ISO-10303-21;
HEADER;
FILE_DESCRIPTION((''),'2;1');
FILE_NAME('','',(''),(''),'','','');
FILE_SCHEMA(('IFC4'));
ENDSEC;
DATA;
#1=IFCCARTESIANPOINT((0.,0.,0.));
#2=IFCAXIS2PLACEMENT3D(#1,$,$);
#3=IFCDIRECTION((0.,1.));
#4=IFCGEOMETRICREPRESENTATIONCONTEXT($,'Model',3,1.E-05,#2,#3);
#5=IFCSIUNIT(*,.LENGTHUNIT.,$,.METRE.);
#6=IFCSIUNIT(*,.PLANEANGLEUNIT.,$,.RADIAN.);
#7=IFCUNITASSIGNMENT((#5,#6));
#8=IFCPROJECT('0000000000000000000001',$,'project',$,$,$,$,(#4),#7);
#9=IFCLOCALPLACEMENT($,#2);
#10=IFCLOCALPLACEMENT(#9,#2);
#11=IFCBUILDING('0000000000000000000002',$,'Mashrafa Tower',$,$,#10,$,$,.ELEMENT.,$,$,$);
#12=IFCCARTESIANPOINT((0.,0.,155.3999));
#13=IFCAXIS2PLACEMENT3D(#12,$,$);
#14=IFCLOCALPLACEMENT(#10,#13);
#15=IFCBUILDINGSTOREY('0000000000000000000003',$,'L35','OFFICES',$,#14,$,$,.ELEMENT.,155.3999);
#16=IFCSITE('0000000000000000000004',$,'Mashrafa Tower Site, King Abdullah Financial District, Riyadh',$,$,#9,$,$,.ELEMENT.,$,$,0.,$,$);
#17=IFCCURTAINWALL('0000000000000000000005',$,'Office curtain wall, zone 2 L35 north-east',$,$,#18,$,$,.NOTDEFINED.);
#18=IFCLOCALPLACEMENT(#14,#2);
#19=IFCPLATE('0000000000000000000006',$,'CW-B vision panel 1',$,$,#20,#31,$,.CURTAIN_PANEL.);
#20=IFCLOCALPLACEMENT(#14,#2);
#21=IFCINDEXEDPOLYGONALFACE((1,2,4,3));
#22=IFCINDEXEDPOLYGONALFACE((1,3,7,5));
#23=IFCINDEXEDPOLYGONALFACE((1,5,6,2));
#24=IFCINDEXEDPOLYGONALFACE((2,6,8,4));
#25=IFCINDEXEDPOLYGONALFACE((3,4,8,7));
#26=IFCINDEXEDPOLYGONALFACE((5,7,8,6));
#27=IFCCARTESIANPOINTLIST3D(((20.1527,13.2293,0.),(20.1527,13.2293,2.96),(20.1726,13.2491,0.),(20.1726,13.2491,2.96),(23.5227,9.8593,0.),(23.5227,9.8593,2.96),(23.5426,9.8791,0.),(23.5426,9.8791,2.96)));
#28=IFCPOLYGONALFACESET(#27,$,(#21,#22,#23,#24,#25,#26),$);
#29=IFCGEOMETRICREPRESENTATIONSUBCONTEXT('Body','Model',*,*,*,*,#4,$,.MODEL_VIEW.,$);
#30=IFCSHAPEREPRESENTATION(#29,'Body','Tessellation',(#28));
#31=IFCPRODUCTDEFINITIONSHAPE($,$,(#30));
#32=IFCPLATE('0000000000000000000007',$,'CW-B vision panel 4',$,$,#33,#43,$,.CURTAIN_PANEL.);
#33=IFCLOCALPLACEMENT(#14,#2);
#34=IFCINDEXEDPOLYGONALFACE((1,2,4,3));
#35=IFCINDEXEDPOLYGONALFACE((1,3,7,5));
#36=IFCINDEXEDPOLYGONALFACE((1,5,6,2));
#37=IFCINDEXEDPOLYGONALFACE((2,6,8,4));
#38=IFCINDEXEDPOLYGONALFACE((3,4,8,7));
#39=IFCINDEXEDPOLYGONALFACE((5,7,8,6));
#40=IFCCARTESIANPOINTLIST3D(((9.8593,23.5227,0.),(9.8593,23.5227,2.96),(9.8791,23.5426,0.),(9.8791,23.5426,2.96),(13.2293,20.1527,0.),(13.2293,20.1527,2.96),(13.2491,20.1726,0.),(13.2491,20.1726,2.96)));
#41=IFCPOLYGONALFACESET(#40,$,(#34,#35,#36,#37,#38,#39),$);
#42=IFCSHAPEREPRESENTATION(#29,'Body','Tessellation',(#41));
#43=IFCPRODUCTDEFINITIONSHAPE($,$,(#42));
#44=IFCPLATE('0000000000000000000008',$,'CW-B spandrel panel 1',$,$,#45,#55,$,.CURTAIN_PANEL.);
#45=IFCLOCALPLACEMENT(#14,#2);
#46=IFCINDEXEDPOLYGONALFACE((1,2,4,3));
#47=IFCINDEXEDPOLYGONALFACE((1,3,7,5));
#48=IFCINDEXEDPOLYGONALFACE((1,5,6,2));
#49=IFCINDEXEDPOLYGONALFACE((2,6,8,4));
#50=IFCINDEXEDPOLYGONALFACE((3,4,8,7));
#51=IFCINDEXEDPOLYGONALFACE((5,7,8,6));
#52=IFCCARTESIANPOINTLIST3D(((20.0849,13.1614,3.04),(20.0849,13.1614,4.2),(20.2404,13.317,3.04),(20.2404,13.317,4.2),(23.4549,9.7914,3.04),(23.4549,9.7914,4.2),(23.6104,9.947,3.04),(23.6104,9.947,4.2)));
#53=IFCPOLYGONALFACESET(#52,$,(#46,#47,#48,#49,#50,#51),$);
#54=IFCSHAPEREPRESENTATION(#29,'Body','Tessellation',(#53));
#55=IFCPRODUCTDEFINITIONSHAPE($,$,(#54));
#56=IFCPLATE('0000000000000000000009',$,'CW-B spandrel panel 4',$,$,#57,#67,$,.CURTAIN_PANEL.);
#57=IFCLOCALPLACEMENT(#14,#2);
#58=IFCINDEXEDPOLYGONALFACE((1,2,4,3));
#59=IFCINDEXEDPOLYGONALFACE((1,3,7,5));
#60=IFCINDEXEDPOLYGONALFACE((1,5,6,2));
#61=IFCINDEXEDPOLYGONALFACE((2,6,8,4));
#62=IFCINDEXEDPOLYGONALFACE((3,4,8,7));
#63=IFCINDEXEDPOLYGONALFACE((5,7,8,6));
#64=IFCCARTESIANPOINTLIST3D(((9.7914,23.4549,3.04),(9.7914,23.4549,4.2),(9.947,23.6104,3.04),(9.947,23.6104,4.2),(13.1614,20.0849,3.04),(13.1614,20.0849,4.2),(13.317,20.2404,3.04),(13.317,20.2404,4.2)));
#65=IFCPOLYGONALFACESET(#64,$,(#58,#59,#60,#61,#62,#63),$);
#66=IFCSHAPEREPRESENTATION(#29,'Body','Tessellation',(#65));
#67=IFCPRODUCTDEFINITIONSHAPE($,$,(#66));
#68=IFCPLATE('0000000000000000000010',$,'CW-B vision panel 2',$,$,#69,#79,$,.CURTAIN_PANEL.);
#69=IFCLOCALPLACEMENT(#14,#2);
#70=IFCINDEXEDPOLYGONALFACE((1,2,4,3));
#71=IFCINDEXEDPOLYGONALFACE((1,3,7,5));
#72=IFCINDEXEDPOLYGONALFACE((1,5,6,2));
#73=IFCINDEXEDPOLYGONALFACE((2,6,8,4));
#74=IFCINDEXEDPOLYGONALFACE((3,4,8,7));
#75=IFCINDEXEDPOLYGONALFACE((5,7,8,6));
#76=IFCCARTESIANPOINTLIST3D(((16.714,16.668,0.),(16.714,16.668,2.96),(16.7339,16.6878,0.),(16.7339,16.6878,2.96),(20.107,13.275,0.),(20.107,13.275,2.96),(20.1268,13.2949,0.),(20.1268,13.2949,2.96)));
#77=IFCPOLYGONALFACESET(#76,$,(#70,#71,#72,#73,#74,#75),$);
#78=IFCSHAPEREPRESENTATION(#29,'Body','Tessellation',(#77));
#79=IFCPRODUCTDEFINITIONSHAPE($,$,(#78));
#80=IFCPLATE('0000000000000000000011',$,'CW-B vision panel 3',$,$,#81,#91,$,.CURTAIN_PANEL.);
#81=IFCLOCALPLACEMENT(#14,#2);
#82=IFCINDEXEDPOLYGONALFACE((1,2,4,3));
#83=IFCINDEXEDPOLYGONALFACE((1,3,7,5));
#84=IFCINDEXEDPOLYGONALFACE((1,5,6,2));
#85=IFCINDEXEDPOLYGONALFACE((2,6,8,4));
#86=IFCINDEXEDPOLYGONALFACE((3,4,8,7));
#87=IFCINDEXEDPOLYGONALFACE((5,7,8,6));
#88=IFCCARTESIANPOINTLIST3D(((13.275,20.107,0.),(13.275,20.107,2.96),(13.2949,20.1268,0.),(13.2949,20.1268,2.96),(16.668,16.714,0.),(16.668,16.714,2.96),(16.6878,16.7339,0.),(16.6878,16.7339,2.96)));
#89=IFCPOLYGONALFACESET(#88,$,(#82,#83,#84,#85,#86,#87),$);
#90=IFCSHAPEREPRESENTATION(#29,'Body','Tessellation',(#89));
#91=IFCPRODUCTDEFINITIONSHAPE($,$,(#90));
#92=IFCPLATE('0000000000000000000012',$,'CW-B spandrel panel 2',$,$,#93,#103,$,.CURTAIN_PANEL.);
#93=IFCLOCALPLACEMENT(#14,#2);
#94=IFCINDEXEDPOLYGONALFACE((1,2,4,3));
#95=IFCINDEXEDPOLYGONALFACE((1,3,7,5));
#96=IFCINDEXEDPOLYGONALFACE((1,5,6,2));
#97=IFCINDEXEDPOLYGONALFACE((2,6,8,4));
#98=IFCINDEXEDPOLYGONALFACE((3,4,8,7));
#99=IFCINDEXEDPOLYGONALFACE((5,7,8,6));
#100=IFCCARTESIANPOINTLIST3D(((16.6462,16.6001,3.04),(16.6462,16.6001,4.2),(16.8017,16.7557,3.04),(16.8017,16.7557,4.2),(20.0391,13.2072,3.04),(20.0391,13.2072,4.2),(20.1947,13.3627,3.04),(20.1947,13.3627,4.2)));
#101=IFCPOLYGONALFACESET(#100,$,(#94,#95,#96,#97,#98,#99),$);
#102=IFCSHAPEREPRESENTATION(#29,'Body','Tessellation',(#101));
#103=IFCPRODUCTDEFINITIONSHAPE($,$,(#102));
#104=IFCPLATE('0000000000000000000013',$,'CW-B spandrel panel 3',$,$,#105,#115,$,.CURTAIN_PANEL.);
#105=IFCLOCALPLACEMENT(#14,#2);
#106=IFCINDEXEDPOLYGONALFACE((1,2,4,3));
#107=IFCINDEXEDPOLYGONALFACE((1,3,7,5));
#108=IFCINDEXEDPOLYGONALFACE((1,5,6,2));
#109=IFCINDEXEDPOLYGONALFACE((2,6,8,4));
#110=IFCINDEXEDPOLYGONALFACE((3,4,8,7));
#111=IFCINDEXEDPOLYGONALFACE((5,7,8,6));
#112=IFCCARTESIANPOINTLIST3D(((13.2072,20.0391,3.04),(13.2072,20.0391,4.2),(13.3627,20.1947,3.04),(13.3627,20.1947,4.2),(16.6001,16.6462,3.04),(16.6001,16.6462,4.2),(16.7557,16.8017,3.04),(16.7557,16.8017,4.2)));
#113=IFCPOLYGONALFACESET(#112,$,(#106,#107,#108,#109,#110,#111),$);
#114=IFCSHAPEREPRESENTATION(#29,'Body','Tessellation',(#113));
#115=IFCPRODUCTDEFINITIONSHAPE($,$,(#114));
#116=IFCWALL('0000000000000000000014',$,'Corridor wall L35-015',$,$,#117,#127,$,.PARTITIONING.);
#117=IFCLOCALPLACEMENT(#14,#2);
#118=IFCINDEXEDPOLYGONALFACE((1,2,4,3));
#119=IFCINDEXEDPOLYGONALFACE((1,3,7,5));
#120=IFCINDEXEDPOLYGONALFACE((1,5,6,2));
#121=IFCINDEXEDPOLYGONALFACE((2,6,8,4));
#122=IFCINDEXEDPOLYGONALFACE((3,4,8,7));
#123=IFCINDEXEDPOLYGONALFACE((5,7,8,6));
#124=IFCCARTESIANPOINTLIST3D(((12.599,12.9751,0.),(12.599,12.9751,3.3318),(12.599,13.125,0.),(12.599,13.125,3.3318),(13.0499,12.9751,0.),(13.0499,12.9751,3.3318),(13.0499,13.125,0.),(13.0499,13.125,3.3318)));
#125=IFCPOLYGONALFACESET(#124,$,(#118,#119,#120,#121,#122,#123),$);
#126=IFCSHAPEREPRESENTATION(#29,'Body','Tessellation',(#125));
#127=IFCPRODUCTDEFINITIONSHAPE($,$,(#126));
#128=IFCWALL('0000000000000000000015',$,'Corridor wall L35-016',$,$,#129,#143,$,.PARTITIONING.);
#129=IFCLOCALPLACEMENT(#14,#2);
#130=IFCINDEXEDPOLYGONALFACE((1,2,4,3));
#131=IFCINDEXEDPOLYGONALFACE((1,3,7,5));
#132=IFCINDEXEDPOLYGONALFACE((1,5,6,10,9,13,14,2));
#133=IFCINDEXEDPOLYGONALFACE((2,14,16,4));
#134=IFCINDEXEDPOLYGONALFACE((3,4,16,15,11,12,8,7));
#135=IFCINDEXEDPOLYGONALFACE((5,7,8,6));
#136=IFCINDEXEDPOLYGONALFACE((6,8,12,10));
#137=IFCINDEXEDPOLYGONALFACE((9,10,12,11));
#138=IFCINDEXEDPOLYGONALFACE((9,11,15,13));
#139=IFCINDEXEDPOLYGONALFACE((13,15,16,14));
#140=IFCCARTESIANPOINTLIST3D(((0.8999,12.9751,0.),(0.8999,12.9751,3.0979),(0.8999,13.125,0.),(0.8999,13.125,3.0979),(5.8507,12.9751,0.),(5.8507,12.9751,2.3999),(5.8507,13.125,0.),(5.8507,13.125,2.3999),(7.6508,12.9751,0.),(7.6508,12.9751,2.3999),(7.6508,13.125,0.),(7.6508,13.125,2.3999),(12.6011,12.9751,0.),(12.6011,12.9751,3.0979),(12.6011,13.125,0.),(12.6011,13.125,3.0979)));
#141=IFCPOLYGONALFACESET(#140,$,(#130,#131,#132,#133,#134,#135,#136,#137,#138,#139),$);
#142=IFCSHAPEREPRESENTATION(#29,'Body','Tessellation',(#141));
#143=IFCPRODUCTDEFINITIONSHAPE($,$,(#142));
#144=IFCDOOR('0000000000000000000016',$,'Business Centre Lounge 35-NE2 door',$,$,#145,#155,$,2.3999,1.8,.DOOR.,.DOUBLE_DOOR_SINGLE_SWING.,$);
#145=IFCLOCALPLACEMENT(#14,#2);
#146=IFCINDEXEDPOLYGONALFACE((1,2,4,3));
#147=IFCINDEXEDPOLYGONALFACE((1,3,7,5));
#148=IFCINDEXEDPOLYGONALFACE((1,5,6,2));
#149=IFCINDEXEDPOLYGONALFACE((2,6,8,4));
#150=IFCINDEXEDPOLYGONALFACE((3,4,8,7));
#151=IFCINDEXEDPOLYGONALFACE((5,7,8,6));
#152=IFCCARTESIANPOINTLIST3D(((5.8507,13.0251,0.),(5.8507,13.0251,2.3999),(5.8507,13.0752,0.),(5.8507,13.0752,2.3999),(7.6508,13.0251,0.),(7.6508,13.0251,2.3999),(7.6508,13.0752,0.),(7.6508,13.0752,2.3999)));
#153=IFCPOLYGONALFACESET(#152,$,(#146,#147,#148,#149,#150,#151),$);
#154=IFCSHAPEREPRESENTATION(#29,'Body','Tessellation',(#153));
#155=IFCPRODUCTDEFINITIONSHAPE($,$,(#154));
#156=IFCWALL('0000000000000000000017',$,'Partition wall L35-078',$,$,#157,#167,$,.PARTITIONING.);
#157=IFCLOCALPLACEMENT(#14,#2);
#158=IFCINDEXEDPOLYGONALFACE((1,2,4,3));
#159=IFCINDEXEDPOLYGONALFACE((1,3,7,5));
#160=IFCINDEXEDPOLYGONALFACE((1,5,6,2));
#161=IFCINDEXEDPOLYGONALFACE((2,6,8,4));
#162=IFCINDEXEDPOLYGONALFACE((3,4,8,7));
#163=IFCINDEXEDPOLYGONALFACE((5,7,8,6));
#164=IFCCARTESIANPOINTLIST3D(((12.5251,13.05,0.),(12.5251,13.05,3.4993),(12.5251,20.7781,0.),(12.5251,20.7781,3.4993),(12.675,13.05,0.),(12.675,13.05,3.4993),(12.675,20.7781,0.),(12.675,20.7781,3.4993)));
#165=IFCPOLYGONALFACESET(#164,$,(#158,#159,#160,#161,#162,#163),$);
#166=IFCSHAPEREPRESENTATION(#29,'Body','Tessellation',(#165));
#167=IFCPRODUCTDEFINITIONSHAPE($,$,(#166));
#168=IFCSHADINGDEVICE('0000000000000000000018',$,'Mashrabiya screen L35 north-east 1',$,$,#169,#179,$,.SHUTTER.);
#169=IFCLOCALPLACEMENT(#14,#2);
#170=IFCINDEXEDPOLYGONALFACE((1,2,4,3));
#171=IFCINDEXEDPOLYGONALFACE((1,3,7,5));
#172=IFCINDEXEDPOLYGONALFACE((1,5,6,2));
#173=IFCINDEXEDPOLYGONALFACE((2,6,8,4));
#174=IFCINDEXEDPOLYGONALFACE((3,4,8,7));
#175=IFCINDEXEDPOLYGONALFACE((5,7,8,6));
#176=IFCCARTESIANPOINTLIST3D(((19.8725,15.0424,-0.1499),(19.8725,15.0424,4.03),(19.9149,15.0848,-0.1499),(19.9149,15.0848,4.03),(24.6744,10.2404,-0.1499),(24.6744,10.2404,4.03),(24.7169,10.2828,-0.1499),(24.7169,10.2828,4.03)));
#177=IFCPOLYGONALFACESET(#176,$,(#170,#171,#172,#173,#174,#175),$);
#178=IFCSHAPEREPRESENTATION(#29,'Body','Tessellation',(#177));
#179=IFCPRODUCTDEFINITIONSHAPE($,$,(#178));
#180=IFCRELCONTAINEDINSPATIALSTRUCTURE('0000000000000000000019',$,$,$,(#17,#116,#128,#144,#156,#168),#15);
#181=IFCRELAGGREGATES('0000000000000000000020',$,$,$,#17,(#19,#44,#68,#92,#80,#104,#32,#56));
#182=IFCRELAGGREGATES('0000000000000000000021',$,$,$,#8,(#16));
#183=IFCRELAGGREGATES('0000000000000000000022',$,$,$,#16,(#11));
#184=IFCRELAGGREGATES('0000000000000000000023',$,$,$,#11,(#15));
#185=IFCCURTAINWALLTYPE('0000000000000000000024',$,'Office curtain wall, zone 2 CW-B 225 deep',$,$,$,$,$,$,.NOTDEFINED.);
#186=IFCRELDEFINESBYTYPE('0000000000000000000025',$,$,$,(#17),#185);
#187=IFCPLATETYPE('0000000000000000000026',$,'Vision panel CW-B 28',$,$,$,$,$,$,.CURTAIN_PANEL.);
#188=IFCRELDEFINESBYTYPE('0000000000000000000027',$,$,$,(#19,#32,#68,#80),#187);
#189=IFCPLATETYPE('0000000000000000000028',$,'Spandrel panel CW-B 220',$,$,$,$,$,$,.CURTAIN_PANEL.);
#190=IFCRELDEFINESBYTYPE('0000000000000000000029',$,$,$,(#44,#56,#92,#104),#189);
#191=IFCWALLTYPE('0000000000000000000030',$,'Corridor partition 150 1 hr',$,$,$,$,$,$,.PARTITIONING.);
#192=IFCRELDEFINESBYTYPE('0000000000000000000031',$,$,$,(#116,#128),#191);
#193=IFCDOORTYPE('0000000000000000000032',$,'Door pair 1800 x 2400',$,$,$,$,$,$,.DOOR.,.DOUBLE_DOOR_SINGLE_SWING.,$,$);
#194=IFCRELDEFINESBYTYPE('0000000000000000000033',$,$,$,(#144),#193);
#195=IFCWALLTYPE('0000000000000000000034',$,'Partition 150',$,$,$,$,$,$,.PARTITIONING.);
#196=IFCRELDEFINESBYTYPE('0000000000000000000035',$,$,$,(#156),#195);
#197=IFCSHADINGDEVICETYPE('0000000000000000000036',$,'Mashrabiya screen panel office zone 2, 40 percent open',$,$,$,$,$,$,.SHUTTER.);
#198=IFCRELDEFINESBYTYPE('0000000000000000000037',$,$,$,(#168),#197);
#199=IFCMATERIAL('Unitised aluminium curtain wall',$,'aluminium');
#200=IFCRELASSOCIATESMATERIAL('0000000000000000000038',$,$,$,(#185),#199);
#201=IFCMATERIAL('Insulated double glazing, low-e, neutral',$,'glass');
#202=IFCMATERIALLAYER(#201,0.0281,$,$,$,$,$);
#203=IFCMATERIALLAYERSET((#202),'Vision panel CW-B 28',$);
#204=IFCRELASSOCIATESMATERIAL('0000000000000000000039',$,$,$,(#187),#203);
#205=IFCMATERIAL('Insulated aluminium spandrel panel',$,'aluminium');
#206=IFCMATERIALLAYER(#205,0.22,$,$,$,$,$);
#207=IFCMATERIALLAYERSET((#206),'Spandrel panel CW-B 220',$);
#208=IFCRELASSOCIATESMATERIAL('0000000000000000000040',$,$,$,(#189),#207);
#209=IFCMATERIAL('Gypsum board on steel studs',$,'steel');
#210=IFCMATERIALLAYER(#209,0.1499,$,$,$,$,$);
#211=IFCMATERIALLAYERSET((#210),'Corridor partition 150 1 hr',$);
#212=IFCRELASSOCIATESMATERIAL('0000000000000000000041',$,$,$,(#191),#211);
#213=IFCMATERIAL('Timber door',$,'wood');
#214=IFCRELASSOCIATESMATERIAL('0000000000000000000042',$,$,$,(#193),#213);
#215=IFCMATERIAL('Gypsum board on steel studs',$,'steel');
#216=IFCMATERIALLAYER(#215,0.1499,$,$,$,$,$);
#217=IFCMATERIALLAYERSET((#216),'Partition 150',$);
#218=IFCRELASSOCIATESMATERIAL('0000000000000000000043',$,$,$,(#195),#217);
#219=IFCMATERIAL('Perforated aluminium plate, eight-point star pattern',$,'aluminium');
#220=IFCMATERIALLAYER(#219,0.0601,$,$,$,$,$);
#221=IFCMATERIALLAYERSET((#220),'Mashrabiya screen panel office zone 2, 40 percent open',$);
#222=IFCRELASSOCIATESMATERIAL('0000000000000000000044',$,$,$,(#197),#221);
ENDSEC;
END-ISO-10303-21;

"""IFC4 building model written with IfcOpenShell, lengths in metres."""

from ifc_helpers import new_model, si_unit, direction, frame, frame_2d, origin, origin_2d, place, context, subcontext, project, spatial, rectangle, extrude, source, transform, mapped, material, layer, layer_set, type_object, type_shapes, element, fill, aggregate, save


model = new_model("IFC4")

# Units and contexts
model_context = context("Model", 3, precision=1e-05, world=origin(), true_north=direction((0.0, 1.0)))
body_context = subcontext(model_context, "Body", "Model", "MODEL_VIEW")
ifc_project = project(units=[si_unit("LENGTHUNIT", "METRE"), si_unit("PLANEANGLEUNIT", "RADIAN")], contexts=[model_context])

# Site, building, storey
site_placement = place(None, origin())
site = spatial("IfcSite", under=ifc_project, at=site_placement, Name="Mashrafa Tower Site, King Abdullah Financial District, Riyadh", CompositionType="ELEMENT", RefElevation=0.0)
building_placement = place(site_placement, origin())
building = spatial("IfcBuilding", under=site, at=building_placement, Name="Mashrafa Tower", CompositionType="ELEMENT")
storey_placement = place(building_placement, frame((0.0, 0.0, 155.3999)))
storey = spatial("IfcBuildingStorey", under=building, at=storey_placement, Name="L35", Description="OFFICES", CompositionType="ELEMENT", Elevation=155.3999)

# Curtain wall, plates
ifc_material_1 = material(Name="Unitised aluminium curtain wall", Category="aluminium")
curtain_wall_type = type_object("IfcCurtainWallType", Name="Office curtain wall, zone 2 CW-B 225 deep", PredefinedType="NOTDEFINED", material=ifc_material_1)
curtain_wall_placement = place(storey_placement, origin())
curtain_wall = element("IfcCurtainWall", 1, at=curtain_wall_placement, inside=storey, type_object=curtain_wall_type, Name="Office curtain wall, zone 2 L35 north-east", PredefinedType="NOTDEFINED")
ifc_material_2 = material(Name="Insulated double glazing, low-e, neutral", Category="glass")
ifc_layer_1 = layer(ifc_material_2, 0.0281)
ifc_layer_set_1 = layer_set([ifc_layer_1], Name="Vision panel CW-B 28")
plate_type_1 = type_object("IfcPlateType", Name="Vision panel CW-B 28", PredefinedType="CURTAIN_PANEL", material=ifc_layer_set_1)
shared_shape_1 = source(origin(), body_context, "Body", "SweptSolid", [
    extrude(rectangle(XDim=4.7659, YDim=0.0281, at=origin_2d()), origin(), (0.0, 0.0, 1.0), 2.96),
])
plate_1_placement = place(storey_placement, frame((21.8477, 11.5542, 0.0), z_axis=(0.0, 0.0, 1.0), x_axis=(-0.707107, 0.707107, 0.0)))
plate_1 = element("IfcPlate", 2, at=plate_1_placement, type_object=plate_type_1, Name="CW-B vision panel 1", PredefinedType="CURTAIN_PANEL", context=body_context, shape_type="MappedRepresentation", body=[
    mapped(shared_shape_1, transform((0.0, 0.0, 0.0))),
])
plate_2_placement = place(storey_placement, frame((11.5542, 21.8477, 0.0), z_axis=(0.0, 0.0, 1.0), x_axis=(-0.707107, 0.707107, 0.0)))
plate_2 = element("IfcPlate", 3, at=plate_2_placement, type_object=plate_type_1, Name="CW-B vision panel 4", PredefinedType="CURTAIN_PANEL", context=body_context, shape_type="MappedRepresentation", body=[
    mapped(shared_shape_1, transform((0.0, 0.0, 0.0))),
])
ifc_material_3 = material(Name="Insulated aluminium spandrel panel", Category="aluminium")
ifc_layer_2 = layer(ifc_material_3, 0.22)
ifc_layer_set_2 = layer_set([ifc_layer_2], Name="Spandrel panel CW-B 220")
plate_type_2 = type_object("IfcPlateType", Name="Spandrel panel CW-B 220", PredefinedType="CURTAIN_PANEL", material=ifc_layer_set_2)
shared_shape_2 = source(origin(), body_context, "Body", "SweptSolid", [
    extrude(rectangle(XDim=4.7659, YDim=0.22, at=origin_2d()), origin(), (0.0, 0.0, 1.0), 1.1599),
])
plate_3_placement = place(storey_placement, frame((21.8477, 11.5542, 3.04), z_axis=(0.0, 0.0, 1.0), x_axis=(-0.707107, 0.707107, 0.0)))
plate_3 = element("IfcPlate", 4, at=plate_3_placement, type_object=plate_type_2, Name="CW-B spandrel panel 1", PredefinedType="CURTAIN_PANEL", context=body_context, shape_type="MappedRepresentation", body=[
    mapped(shared_shape_2, transform((0.0, 0.0, 0.0))),
])
plate_4_placement = place(storey_placement, frame((11.5542, 21.8477, 3.04), z_axis=(0.0, 0.0, 1.0), x_axis=(-0.707107, 0.707107, 0.0)))
plate_4 = element("IfcPlate", 5, at=plate_4_placement, type_object=plate_type_2, Name="CW-B spandrel panel 4", PredefinedType="CURTAIN_PANEL", context=body_context, shape_type="MappedRepresentation", body=[
    mapped(shared_shape_2, transform((0.0, 0.0, 0.0))),
])
shared_shape_3 = source(origin(), body_context, "Body", "SweptSolid", [
    extrude(rectangle(XDim=4.7983, YDim=0.0281, at=origin_2d()), origin(), (0.0, 0.0, 1.0), 2.96),
])
type_shapes(plate_type_1, [shared_shape_1, shared_shape_3])
plate_5_placement = place(storey_placement, frame((18.4204, 14.9814, 0.0), z_axis=(0.0, 0.0, 1.0), x_axis=(-0.707107, 0.707107, 0.0)))
plate_5 = element("IfcPlate", 6, at=plate_5_placement, type_object=plate_type_1, Name="CW-B vision panel 2", PredefinedType="CURTAIN_PANEL", context=body_context, shape_type="MappedRepresentation", body=[
    mapped(shared_shape_3, transform((0.0, 0.0, 0.0))),
])
plate_6_placement = place(storey_placement, frame((14.9814, 18.4204, 0.0), z_axis=(0.0, 0.0, 1.0), x_axis=(-0.707107, 0.707107, 0.0)))
plate_6 = element("IfcPlate", 7, at=plate_6_placement, type_object=plate_type_1, Name="CW-B vision panel 3", PredefinedType="CURTAIN_PANEL", context=body_context, shape_type="MappedRepresentation", body=[
    mapped(shared_shape_3, transform((0.0, 0.0, 0.0))),
])
shared_shape_4 = source(origin(), body_context, "Body", "SweptSolid", [
    extrude(rectangle(XDim=4.7983, YDim=0.22, at=origin_2d()), origin(), (0.0, 0.0, 1.0), 1.1599),
])
type_shapes(plate_type_2, [shared_shape_2, shared_shape_4])
plate_7_placement = place(storey_placement, frame((18.4204, 14.9814, 3.04), z_axis=(0.0, 0.0, 1.0), x_axis=(-0.707107, 0.707107, 0.0)))
plate_7 = element("IfcPlate", 8, at=plate_7_placement, type_object=plate_type_2, Name="CW-B spandrel panel 2", PredefinedType="CURTAIN_PANEL", context=body_context, shape_type="MappedRepresentation", body=[
    mapped(shared_shape_4, transform((0.0, 0.0, 0.0))),
])
plate_8_placement = place(storey_placement, frame((14.9814, 18.4204, 3.04), z_axis=(0.0, 0.0, 1.0), x_axis=(-0.707107, 0.707107, 0.0)))
plate_8 = element("IfcPlate", 9, at=plate_8_placement, type_object=plate_type_2, Name="CW-B spandrel panel 3", PredefinedType="CURTAIN_PANEL", context=body_context, shape_type="MappedRepresentation", body=[
    mapped(shared_shape_4, transform((0.0, 0.0, 0.0))),
])
aggregate(curtain_wall, [plate_1, plate_3, plate_5, plate_7, plate_6, plate_8, plate_2, plate_4])

# Wall
ifc_material_4 = material(Name="Gypsum board on steel studs", Category="steel")
ifc_layer_3 = layer(ifc_material_4, 0.1499)
ifc_layer_set_3 = layer_set([ifc_layer_3], Name="Corridor partition 150 1 hr")
wall_type_1 = type_object("IfcWallType", Name="Corridor partition 150 1 hr", PredefinedType="PARTITIONING", material=ifc_layer_set_3)
wall_1_placement = place(storey_placement, frame((13.05, 13.05, 0.0), z_axis=(0.0, 0.0, 1.0), x_axis=(-1.0, 0.0, 0.0)))
element("IfcWall", 10, at=wall_1_placement, inside=storey, type_object=wall_type_1, Name="Corridor wall L35-015", PredefinedType="PARTITIONING", context=body_context, shape_type="SweptSolid", body=[
    extrude(rectangle(XDim=0.4509, YDim=0.1499, at=frame_2d((0.2256, 0.0))), origin(), (0.0, 0.0, 1.0), 3.3318),
])

# Wall, opening, door
wall_2_placement = place(storey_placement, frame((12.6011, 13.05, 0.0), z_axis=(0.0, 0.0, 1.0), x_axis=(-1.0, 0.0, 0.0)))
wall_2 = element("IfcWall", 11, at=wall_2_placement, inside=storey, type_object=wall_type_1, Name="Corridor wall L35-016", PredefinedType="PARTITIONING", context=body_context, shape_type="SweptSolid", body=[
    extrude(rectangle(XDim=11.7012, YDim=0.1499, at=frame_2d((5.8506, 0.0))), origin(), (0.0, 0.0, 1.0), 3.0979),
])
opening_placement = place(wall_2_placement, frame((4.9504, 0.0, 0.0)))
opening = element("IfcOpeningElement", 12, at=opening_placement, cuts=wall_2, PredefinedType="OPENING", context=body_context, shape_type="SweptSolid", body=[
    extrude(rectangle(XDim=1.8, YDim=2.3999, at=frame_2d((0.8999, 1.2))), frame((0.0, 0.085, 0.0), z_axis=(0.0, -1.0, 0.0), x_axis=(1.0, 0.0, 0.0)), (0.0, 0.0, 1.0), 0.1699),
])
ifc_material_5 = material(Name="Timber door", Category="wood")
door_type = type_object("IfcDoorType", Name="Door pair 1800 x 2400", OperationType="DOUBLE_DOOR_SINGLE_SWING", PredefinedType="DOOR", material=ifc_material_5)
door_placement = place(opening_placement, origin())
door = element("IfcDoor", 13, at=door_placement, inside=storey, type_object=door_type, Name="Business Centre Lounge 35-NE2 door", OperationType="DOUBLE_DOOR_SINGLE_SWING", OverallHeight=2.3999, OverallWidth=1.8, PredefinedType="DOOR", context=body_context, shape_type="SweptSolid", body=[
    extrude(rectangle(XDim=1.8, YDim=2.3999, at=frame_2d((0.8999, 1.2))), frame((0.0, 0.0249, 0.0), z_axis=(0.0, -1.0, 0.0), x_axis=(1.0, 0.0, 0.0)), (0.0, 0.0, 1.0), 0.05),
])
fill(opening, door)

# Wall
ifc_material_6 = material(Name="Gypsum board on steel studs", Category="steel")
ifc_layer_4 = layer(ifc_material_6, 0.1499)
ifc_layer_set_4 = layer_set([ifc_layer_4], Name="Partition 150")
wall_type_2 = type_object("IfcWallType", Name="Partition 150", PredefinedType="PARTITIONING", material=ifc_layer_set_4)
wall_3_placement = place(storey_placement, frame((12.6001, 20.7781, 0.0), z_axis=(0.0, 0.0, 1.0), x_axis=(0.0, -1.0, 0.0)))
element("IfcWall", 14, at=wall_3_placement, inside=storey, type_object=wall_type_2, Name="Partition wall L35-078", PredefinedType="PARTITIONING", context=body_context, shape_type="SweptSolid", body=[
    extrude(rectangle(XDim=7.728, YDim=0.1499, at=frame_2d((3.864, 0.0))), origin(), (0.0, 0.0, 1.0), 3.4993),
])

# Shading device
ifc_material_7 = material(Name="Perforated aluminium plate, eight-point star pattern", Category="aluminium")
ifc_layer_5 = layer(ifc_material_7, 0.0601)
ifc_layer_set_5 = layer_set([ifc_layer_5], Name="Mashrabiya screen panel office zone 2, 40 percent open")
shading_device_type = type_object("IfcShadingDeviceType", Name="Mashrabiya screen panel office zone 2, 40 percent open", PredefinedType="SHUTTER", material=ifc_layer_set_5)
shared_shape_5 = source(origin(), body_context, "Body", "SweptSolid", [
    extrude(rectangle(XDim=6.791, YDim=0.0601, at=origin_2d()), origin(), (0.0, 0.0, 1.0), 4.1799),
])
type_shapes(shading_device_type, [shared_shape_5])
for number, where, z_axis, x_axis, name in (
    (15, (22.2947, 12.6626, -0.1499), (0.0, 0.0, 1.0), (-0.707107, 0.707107, 0.0), "Mashrabiya screen L35 north-east 1"),
):
    element("IfcShadingDevice", number, at=place(storey_placement, frame(where, z_axis=z_axis, x_axis=x_axis)), inside=storey, type_object=shading_device_type, Name=name, PredefinedType="SHUTTER", context=body_context, shape_type="MappedRepresentation", body=[
        mapped(shared_shape_5, transform((0.0, 0.0, 0.0))),
    ])

save(model, "model.ifc")
